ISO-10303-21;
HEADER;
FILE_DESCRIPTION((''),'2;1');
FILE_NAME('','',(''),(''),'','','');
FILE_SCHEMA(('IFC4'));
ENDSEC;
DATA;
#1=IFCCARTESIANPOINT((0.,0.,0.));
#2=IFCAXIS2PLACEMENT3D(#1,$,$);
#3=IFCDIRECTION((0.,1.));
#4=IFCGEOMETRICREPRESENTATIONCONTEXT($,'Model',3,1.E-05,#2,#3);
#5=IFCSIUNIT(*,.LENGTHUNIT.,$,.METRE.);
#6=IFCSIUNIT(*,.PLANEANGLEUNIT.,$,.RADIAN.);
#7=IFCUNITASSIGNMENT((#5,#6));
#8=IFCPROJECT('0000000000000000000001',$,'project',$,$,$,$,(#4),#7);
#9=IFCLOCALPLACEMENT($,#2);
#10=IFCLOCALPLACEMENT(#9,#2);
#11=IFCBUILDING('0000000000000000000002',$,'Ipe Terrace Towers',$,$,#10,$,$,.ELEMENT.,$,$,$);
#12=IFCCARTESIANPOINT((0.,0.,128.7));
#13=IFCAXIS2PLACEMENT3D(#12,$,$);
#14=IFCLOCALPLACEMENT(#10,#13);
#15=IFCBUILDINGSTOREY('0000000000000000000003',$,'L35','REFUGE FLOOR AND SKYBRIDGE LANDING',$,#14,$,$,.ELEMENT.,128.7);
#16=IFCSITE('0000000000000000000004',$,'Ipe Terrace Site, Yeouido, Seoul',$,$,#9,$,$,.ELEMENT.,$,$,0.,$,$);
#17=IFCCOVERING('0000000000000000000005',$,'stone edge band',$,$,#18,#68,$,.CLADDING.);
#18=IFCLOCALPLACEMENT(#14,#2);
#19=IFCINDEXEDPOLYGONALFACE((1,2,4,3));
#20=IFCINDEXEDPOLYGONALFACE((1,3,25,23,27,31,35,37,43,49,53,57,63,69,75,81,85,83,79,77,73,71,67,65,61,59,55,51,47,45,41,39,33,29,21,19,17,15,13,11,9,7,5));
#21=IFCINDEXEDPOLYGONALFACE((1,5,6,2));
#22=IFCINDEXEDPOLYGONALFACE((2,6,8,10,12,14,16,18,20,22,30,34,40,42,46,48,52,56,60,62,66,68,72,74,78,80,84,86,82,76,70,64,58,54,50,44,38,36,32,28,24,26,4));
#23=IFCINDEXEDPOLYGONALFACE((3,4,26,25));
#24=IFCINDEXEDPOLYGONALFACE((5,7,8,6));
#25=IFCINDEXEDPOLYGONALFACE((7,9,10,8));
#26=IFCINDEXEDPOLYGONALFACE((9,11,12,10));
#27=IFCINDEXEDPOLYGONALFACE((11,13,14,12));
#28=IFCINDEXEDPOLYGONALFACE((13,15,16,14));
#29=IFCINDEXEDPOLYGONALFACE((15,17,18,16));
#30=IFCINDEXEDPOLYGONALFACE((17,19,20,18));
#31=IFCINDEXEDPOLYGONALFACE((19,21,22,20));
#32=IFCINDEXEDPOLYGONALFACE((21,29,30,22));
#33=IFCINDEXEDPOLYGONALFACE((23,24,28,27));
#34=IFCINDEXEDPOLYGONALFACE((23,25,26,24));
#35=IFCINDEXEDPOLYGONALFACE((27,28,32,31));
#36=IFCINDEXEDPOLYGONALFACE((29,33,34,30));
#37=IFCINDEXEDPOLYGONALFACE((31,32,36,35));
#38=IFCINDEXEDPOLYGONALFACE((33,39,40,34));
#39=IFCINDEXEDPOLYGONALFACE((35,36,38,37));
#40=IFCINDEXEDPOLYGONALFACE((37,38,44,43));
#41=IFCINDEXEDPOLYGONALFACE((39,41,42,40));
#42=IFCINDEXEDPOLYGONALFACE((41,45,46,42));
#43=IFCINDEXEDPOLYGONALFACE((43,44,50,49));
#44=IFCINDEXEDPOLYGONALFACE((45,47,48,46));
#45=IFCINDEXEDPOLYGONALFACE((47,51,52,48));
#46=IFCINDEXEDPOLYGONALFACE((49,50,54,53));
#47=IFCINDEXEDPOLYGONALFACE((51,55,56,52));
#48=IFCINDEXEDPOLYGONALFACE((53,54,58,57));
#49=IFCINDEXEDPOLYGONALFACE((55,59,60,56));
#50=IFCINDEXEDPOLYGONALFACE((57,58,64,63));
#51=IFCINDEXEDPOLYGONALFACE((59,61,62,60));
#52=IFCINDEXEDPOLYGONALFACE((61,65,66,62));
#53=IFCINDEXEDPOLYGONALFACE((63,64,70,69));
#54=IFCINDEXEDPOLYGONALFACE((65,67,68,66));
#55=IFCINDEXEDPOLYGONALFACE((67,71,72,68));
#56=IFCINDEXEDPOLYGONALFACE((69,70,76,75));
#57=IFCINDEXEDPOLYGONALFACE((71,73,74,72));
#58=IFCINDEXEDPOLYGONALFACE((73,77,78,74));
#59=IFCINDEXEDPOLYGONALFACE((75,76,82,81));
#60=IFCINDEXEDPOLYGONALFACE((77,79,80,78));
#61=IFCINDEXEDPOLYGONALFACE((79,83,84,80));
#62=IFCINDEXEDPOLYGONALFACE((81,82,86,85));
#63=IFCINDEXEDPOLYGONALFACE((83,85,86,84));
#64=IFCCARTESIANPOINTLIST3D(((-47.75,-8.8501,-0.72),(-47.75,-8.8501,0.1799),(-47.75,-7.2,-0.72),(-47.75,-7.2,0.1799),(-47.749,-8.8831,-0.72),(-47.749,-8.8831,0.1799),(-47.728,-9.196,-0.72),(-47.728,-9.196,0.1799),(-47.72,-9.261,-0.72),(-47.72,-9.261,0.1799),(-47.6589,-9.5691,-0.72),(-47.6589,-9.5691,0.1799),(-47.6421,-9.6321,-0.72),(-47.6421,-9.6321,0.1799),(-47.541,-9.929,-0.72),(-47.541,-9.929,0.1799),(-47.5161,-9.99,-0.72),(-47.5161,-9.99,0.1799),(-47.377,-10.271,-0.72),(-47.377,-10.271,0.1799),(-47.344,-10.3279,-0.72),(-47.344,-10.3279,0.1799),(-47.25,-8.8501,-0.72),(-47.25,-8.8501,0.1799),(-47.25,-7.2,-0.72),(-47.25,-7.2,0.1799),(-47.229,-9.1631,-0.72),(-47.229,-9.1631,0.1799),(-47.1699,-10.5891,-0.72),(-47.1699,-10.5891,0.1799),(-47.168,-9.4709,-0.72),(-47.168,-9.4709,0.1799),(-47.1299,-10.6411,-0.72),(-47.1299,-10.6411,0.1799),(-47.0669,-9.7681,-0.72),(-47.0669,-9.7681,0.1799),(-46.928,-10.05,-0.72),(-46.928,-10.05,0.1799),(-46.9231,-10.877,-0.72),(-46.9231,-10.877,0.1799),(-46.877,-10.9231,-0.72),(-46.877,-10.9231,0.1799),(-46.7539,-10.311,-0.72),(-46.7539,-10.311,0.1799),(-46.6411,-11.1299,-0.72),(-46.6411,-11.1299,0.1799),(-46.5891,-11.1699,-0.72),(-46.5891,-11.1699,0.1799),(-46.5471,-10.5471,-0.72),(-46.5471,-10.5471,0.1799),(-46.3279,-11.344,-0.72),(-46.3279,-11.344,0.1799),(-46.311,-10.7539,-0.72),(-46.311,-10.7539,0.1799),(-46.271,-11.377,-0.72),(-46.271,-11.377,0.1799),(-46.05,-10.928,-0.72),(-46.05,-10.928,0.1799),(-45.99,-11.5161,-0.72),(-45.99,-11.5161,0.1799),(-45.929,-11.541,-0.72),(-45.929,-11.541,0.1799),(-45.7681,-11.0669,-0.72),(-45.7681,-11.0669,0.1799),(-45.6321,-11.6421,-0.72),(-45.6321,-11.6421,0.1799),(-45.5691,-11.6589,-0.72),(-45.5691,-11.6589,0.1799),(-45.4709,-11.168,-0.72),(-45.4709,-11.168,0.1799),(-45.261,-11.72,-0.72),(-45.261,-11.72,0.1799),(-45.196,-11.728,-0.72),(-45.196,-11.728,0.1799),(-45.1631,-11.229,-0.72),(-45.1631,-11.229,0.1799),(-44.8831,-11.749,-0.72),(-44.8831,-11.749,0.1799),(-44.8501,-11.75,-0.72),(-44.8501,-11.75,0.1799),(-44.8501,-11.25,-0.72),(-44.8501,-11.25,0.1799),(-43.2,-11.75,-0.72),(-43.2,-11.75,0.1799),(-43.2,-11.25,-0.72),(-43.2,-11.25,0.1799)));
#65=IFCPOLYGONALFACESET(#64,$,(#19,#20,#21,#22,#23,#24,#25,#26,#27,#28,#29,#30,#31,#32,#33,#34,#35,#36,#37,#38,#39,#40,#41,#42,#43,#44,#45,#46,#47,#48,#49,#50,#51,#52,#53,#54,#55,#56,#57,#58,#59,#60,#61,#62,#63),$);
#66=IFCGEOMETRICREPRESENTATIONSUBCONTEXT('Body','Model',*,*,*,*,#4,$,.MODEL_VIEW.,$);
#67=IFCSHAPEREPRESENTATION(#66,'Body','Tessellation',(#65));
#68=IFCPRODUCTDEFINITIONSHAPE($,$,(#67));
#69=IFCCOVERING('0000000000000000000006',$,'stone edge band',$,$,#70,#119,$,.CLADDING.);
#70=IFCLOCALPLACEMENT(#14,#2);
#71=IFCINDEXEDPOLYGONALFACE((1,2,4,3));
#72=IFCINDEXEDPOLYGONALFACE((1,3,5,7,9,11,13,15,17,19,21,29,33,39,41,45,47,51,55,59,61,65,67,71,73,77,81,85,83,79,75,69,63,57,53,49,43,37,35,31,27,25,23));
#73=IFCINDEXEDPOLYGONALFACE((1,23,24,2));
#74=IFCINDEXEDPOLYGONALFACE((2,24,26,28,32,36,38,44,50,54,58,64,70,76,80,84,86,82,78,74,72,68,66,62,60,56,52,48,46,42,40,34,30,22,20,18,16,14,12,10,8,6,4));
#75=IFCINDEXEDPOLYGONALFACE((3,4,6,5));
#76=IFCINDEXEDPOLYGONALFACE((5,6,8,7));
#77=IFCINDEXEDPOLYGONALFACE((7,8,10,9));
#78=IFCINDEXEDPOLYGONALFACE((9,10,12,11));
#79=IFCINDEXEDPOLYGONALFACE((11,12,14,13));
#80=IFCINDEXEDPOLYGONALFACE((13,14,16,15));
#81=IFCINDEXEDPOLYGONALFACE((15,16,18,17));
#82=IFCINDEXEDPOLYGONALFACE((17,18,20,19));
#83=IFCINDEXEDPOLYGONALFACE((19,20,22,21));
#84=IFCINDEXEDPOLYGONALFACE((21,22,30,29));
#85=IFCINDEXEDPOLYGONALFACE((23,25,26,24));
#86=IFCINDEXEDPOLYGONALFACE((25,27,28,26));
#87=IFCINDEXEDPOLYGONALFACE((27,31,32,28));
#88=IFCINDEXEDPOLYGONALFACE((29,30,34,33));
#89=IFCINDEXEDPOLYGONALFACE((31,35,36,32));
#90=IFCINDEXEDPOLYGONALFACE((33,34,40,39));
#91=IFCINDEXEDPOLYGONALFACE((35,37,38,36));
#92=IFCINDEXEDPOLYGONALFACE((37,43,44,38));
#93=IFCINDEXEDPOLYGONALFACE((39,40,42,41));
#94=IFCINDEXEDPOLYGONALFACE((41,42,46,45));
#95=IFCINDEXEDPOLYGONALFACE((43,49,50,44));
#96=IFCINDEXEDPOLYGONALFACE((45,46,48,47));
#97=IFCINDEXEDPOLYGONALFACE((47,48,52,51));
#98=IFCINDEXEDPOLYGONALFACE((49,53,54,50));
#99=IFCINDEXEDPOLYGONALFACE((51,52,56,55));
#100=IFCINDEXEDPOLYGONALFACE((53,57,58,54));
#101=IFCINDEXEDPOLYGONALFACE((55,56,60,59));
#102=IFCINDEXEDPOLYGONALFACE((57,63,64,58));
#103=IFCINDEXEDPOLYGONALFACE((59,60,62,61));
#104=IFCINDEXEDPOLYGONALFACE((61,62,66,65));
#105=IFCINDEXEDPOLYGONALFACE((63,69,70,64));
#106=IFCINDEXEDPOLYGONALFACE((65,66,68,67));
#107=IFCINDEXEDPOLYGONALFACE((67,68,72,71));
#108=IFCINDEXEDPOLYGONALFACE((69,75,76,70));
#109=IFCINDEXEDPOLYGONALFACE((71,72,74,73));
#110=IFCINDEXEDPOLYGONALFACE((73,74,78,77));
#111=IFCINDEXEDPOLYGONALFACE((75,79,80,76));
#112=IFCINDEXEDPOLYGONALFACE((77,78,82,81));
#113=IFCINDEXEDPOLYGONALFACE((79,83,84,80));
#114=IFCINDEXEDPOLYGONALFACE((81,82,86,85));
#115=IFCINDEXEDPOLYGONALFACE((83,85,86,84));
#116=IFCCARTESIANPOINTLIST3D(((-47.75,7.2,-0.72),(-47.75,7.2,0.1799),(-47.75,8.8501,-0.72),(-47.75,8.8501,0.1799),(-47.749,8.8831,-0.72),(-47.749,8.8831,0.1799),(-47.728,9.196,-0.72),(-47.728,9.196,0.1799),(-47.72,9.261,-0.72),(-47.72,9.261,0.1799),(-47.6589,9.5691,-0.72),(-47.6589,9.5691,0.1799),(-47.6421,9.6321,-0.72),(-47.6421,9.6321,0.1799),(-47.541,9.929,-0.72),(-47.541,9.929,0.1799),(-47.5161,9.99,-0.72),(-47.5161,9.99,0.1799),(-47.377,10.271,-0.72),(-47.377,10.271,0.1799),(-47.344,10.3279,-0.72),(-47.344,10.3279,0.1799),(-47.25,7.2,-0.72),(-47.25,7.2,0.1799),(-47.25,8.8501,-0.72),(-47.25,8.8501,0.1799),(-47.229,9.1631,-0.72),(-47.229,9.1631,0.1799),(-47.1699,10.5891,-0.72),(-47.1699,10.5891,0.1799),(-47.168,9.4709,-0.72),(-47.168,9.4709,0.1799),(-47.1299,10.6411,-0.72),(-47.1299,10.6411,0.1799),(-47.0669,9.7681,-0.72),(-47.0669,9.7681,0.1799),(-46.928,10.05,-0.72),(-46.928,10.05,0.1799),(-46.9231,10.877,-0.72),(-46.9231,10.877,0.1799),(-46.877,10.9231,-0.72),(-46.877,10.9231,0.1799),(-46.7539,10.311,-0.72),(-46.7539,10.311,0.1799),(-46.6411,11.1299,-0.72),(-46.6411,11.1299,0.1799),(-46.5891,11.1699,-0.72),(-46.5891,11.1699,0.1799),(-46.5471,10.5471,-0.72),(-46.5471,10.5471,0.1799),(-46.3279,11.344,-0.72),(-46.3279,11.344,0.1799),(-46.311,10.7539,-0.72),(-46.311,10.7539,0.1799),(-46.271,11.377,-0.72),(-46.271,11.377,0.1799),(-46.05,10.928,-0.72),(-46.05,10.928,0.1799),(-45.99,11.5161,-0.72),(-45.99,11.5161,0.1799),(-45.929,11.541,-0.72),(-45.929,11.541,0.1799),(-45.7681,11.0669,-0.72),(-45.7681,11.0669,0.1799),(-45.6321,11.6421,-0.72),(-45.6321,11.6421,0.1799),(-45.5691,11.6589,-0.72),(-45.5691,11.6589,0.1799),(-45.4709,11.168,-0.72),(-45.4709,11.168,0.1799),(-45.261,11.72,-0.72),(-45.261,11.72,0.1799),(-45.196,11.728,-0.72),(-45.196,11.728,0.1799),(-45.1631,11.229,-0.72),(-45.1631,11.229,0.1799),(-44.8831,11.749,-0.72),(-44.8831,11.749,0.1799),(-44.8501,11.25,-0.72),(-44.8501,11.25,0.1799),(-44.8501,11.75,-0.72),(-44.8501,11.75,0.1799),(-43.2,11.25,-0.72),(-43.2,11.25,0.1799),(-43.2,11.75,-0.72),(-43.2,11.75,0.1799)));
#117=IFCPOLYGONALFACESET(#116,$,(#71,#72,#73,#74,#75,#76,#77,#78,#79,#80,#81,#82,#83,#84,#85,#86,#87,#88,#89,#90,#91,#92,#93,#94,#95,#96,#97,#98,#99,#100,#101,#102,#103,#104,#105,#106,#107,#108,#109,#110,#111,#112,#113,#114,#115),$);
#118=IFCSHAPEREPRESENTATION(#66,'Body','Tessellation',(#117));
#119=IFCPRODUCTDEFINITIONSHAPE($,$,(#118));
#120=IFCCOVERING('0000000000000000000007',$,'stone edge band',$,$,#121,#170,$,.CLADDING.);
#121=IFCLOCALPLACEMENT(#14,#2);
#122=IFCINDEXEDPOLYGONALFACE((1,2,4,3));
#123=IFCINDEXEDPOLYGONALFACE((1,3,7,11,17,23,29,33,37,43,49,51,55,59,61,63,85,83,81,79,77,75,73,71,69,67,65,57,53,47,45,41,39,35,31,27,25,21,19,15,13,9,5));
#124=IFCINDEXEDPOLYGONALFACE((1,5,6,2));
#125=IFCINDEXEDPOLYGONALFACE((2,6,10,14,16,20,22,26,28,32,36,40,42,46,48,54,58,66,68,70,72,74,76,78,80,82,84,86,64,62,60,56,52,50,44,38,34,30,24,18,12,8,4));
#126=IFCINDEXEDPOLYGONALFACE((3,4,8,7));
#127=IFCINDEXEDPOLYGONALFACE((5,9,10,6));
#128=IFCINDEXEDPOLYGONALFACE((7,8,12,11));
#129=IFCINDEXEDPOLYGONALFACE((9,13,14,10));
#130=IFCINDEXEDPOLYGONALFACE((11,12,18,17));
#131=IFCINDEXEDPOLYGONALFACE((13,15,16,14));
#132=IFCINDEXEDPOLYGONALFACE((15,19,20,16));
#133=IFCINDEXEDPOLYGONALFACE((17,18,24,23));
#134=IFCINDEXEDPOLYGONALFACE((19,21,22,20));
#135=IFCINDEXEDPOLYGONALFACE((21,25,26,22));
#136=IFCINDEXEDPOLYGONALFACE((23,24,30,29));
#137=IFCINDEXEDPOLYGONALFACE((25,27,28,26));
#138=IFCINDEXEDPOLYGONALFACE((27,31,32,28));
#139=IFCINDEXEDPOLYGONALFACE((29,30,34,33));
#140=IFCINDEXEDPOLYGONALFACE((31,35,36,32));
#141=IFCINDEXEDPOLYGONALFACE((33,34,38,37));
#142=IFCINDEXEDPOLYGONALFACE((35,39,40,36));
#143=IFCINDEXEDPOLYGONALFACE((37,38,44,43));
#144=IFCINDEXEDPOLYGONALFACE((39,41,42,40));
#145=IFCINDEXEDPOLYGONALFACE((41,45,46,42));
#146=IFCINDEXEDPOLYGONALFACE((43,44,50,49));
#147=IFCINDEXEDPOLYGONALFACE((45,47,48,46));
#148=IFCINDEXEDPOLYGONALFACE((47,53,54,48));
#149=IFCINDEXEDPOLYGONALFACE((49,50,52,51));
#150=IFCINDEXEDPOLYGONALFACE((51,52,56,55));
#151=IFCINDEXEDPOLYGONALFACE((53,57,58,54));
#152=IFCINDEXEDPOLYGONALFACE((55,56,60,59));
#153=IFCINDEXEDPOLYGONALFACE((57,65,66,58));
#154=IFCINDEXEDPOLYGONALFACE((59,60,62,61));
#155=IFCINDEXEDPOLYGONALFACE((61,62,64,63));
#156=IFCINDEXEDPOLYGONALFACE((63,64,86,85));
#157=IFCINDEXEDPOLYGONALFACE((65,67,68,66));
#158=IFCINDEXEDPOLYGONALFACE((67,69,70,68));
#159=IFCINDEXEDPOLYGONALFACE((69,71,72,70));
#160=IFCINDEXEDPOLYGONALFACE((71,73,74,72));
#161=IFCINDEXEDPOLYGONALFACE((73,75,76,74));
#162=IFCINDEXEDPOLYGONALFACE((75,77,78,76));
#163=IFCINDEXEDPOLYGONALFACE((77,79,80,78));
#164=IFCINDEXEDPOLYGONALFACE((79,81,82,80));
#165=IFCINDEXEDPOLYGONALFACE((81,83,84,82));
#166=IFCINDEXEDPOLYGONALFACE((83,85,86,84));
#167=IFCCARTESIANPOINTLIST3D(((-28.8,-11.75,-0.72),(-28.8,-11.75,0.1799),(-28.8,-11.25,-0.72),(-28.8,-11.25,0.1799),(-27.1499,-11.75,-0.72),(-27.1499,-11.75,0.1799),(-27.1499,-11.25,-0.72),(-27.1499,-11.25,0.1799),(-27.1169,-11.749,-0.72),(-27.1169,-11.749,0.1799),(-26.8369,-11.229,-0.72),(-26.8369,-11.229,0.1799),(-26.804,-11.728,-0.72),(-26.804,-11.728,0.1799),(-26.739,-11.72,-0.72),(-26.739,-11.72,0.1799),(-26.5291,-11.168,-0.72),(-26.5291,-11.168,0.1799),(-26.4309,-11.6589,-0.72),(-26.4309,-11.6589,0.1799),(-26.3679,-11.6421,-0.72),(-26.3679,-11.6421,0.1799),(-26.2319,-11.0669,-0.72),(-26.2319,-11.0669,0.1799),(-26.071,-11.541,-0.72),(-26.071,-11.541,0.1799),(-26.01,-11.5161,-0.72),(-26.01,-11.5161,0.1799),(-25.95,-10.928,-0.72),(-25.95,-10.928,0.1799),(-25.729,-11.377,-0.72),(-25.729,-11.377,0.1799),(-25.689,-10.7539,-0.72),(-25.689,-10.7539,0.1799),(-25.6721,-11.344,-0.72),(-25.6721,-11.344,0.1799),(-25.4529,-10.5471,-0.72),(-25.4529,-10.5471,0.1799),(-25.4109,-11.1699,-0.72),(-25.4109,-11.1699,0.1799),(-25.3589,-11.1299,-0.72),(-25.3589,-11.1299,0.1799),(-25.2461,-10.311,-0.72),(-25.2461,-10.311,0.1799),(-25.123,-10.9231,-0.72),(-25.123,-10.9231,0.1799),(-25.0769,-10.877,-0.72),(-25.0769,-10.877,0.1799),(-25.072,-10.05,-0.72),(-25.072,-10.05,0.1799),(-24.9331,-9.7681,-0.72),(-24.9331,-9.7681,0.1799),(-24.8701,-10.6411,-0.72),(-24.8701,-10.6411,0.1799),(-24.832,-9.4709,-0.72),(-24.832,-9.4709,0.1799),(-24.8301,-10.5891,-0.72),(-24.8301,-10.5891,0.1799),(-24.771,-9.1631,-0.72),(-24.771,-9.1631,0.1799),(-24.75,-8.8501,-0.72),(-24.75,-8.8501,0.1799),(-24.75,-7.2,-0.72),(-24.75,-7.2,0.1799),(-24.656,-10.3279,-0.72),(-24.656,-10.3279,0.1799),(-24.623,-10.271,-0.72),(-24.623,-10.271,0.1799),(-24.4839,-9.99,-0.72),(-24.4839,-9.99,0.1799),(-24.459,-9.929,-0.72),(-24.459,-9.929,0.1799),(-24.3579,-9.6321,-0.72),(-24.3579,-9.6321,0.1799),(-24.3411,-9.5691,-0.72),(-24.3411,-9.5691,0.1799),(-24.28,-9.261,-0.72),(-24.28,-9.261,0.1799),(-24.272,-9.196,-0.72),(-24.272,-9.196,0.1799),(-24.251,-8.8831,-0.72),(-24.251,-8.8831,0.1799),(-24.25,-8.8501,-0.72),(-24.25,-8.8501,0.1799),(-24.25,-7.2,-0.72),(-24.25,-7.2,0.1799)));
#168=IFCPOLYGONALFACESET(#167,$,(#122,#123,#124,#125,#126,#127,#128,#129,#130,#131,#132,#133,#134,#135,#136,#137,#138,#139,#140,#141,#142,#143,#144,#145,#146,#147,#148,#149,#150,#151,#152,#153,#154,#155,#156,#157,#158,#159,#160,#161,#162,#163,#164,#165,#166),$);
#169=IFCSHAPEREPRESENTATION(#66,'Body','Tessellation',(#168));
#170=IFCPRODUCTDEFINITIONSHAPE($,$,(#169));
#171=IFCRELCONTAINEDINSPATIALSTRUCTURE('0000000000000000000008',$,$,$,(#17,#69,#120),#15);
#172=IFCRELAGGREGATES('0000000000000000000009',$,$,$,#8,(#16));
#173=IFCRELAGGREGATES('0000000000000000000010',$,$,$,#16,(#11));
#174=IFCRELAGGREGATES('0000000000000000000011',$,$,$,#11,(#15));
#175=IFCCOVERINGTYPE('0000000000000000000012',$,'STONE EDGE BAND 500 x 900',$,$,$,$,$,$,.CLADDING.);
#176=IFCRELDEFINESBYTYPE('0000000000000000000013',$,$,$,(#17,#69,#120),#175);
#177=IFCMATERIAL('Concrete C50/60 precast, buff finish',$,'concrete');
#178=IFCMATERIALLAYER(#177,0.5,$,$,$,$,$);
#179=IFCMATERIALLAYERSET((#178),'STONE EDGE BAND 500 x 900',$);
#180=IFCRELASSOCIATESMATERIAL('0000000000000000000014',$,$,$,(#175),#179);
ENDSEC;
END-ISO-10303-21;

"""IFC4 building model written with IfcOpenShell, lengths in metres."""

from ifc_helpers import new_model, si_unit, direction, frame, origin, place, context, subcontext, project, spatial, polyline, outline, extrude, material, layer, layer_set, type_object, element, save


model = new_model("IFC4")

# Units and contexts
model_context = context("Model", 3, precision=1e-05, world=origin(), true_north=direction((0.0, 1.0)))
body_context = subcontext(model_context, "Body", "Model", "MODEL_VIEW")
ifc_project = project(units=[si_unit("LENGTHUNIT", "METRE"), si_unit("PLANEANGLEUNIT", "RADIAN")], contexts=[model_context])

# Site, building, storey
site_placement = place(None, origin())
site = spatial("IfcSite", under=ifc_project, at=site_placement, Name="Ipe Terrace Site, Yeouido, Seoul", CompositionType="ELEMENT", RefElevation=0.0)
building_placement = place(site_placement, origin())
building = spatial("IfcBuilding", under=site, at=building_placement, Name="Ipe Terrace Towers", CompositionType="ELEMENT")
storey_placement = place(building_placement, frame((0.0, 0.0, 128.7)))
storey = spatial("IfcBuildingStorey", under=building, at=storey_placement, Name="L35", Description="REFUGE FLOOR AND SKYBRIDGE LANDING", CompositionType="ELEMENT", Elevation=128.7)

# Coverings
ifc_material_1 = material(Name="Concrete C50/60 precast, buff finish", Category="concrete")
ifc_layer_1 = layer(ifc_material_1, 0.5)
ifc_layer_set_1 = layer_set([ifc_layer_1], Name="STONE EDGE BAND 500 x 900")
covering_type = type_object("IfcCoveringType", Name="STONE EDGE BAND 500 x 900", PredefinedType="CLADDING", material=ifc_layer_set_1)
covering_1_placement = place(storey_placement, frame((0.0, 0.0, -0.72)))
element("IfcCovering", 1, at=covering_1_placement, inside=storey, type_object=covering_type, Name="stone edge band", PredefinedType="CLADDING", context=body_context, shape_type="SweptSolid", body=[
    extrude(outline(polyline([(-44.8501, -11.75), (-43.2, -11.75), (-43.2, -11.25), (-44.8501, -11.25), (-45.1631, -11.229), (-45.4709, -11.168), (-45.7681, -11.0669), (-46.05, -10.928), (-46.311, -10.7539), (-46.5471, -10.5471), (-46.7539, -10.311), (-46.928, -10.05), (-47.0669, -9.7681), (-47.168, -9.4709), (-47.229, -9.1631), (-47.25, -8.8501), (-47.25, -7.2), (-47.75, -7.2), (-47.75, -8.8501), (-47.749, -8.8831), (-47.728, -9.196), (-47.72, -9.261), (-47.6589, -9.5691), (-47.6421, -9.6321), (-47.541, -9.929), (-47.5161, -9.99), (-47.377, -10.271), (-47.344, -10.3279), (-47.1699, -10.5891), (-47.1299, -10.6411), (-46.9231, -10.877), (-46.877, -10.9231), (-46.6411, -11.1299), (-46.5891, -11.1699), (-46.3279, -11.344), (-46.271, -11.377), (-45.99, -11.5161), (-45.929, -11.541), (-45.6321, -11.6421), (-45.5691, -11.6589), (-45.261, -11.72), (-45.196, -11.728), (-44.8831, -11.749), (-44.8501, -11.75)])), origin(), (0.0, 0.0, 1.0), 0.8999),
])
covering_2_placement = place(storey_placement, frame((0.0, 0.0, -0.72)))
element("IfcCovering", 2, at=covering_2_placement, inside=storey, type_object=covering_type, Name="stone edge band", PredefinedType="CLADDING", context=body_context, shape_type="SweptSolid", body=[
    extrude(outline(polyline([(-44.8501, 11.75), (-44.8831, 11.749), (-45.196, 11.728), (-45.261, 11.72), (-45.5691, 11.6589), (-45.6321, 11.6421), (-45.929, 11.541), (-45.99, 11.5161), (-46.271, 11.377), (-46.3279, 11.344), (-46.5891, 11.1699), (-46.6411, 11.1299), (-46.877, 10.9231), (-46.9231, 10.877), (-47.1299, 10.6411), (-47.1699, 10.5891), (-47.344, 10.3279), (-47.377, 10.271), (-47.5161, 9.99), (-47.541, 9.929), (-47.6421, 9.6321), (-47.6589, 9.5691), (-47.72, 9.261), (-47.728, 9.196), (-47.749, 8.8831), (-47.75, 8.8501), (-47.75, 7.2), (-47.25, 7.2), (-47.25, 8.8501), (-47.229, 9.1631), (-47.168, 9.4709), (-47.0669, 9.7681), (-46.928, 10.05), (-46.7539, 10.311), (-46.5471, 10.5471), (-46.311, 10.7539), (-46.05, 10.928), (-45.7681, 11.0669), (-45.4709, 11.168), (-45.1631, 11.229), (-44.8501, 11.25), (-43.2, 11.25), (-43.2, 11.75), (-44.8501, 11.75)])), origin(), (0.0, 0.0, 1.0), 0.8999),
])
covering_3_placement = place(storey_placement, frame((0.0, 0.0, -0.72)))
element("IfcCovering", 3, at=covering_3_placement, inside=storey, type_object=covering_type, Name="stone edge band", PredefinedType="CLADDING", context=body_context, shape_type="SweptSolid", body=[
    extrude(outline(polyline([(-27.1499, -11.75), (-27.1169, -11.749), (-26.804, -11.728), (-26.739, -11.72), (-26.4309, -11.6589), (-26.3679, -11.6421), (-26.071, -11.541), (-26.01, -11.5161), (-25.729, -11.377), (-25.6721, -11.344), (-25.4109, -11.1699), (-25.3589, -11.1299), (-25.123, -10.9231), (-25.0769, -10.877), (-24.8701, -10.6411), (-24.8301, -10.5891), (-24.656, -10.3279), (-24.623, -10.271), (-24.4839, -9.99), (-24.459, -9.929), (-24.3579, -9.6321), (-24.3411, -9.5691), (-24.28, -9.261), (-24.272, -9.196), (-24.251, -8.8831), (-24.25, -8.8501), (-24.25, -7.2), (-24.75, -7.2), (-24.75, -8.8501), (-24.771, -9.1631), (-24.832, -9.4709), (-24.9331, -9.7681), (-25.072, -10.05), (-25.2461, -10.311), (-25.4529, -10.5471), (-25.689, -10.7539), (-25.95, -10.928), (-26.2319, -11.0669), (-26.5291, -11.168), (-26.8369, -11.229), (-27.1499, -11.25), (-28.8, -11.25), (-28.8, -11.75), (-27.1499, -11.75)])), origin(), (0.0, 0.0, 1.0), 0.8999),
])

save(model, "model.ifc")
